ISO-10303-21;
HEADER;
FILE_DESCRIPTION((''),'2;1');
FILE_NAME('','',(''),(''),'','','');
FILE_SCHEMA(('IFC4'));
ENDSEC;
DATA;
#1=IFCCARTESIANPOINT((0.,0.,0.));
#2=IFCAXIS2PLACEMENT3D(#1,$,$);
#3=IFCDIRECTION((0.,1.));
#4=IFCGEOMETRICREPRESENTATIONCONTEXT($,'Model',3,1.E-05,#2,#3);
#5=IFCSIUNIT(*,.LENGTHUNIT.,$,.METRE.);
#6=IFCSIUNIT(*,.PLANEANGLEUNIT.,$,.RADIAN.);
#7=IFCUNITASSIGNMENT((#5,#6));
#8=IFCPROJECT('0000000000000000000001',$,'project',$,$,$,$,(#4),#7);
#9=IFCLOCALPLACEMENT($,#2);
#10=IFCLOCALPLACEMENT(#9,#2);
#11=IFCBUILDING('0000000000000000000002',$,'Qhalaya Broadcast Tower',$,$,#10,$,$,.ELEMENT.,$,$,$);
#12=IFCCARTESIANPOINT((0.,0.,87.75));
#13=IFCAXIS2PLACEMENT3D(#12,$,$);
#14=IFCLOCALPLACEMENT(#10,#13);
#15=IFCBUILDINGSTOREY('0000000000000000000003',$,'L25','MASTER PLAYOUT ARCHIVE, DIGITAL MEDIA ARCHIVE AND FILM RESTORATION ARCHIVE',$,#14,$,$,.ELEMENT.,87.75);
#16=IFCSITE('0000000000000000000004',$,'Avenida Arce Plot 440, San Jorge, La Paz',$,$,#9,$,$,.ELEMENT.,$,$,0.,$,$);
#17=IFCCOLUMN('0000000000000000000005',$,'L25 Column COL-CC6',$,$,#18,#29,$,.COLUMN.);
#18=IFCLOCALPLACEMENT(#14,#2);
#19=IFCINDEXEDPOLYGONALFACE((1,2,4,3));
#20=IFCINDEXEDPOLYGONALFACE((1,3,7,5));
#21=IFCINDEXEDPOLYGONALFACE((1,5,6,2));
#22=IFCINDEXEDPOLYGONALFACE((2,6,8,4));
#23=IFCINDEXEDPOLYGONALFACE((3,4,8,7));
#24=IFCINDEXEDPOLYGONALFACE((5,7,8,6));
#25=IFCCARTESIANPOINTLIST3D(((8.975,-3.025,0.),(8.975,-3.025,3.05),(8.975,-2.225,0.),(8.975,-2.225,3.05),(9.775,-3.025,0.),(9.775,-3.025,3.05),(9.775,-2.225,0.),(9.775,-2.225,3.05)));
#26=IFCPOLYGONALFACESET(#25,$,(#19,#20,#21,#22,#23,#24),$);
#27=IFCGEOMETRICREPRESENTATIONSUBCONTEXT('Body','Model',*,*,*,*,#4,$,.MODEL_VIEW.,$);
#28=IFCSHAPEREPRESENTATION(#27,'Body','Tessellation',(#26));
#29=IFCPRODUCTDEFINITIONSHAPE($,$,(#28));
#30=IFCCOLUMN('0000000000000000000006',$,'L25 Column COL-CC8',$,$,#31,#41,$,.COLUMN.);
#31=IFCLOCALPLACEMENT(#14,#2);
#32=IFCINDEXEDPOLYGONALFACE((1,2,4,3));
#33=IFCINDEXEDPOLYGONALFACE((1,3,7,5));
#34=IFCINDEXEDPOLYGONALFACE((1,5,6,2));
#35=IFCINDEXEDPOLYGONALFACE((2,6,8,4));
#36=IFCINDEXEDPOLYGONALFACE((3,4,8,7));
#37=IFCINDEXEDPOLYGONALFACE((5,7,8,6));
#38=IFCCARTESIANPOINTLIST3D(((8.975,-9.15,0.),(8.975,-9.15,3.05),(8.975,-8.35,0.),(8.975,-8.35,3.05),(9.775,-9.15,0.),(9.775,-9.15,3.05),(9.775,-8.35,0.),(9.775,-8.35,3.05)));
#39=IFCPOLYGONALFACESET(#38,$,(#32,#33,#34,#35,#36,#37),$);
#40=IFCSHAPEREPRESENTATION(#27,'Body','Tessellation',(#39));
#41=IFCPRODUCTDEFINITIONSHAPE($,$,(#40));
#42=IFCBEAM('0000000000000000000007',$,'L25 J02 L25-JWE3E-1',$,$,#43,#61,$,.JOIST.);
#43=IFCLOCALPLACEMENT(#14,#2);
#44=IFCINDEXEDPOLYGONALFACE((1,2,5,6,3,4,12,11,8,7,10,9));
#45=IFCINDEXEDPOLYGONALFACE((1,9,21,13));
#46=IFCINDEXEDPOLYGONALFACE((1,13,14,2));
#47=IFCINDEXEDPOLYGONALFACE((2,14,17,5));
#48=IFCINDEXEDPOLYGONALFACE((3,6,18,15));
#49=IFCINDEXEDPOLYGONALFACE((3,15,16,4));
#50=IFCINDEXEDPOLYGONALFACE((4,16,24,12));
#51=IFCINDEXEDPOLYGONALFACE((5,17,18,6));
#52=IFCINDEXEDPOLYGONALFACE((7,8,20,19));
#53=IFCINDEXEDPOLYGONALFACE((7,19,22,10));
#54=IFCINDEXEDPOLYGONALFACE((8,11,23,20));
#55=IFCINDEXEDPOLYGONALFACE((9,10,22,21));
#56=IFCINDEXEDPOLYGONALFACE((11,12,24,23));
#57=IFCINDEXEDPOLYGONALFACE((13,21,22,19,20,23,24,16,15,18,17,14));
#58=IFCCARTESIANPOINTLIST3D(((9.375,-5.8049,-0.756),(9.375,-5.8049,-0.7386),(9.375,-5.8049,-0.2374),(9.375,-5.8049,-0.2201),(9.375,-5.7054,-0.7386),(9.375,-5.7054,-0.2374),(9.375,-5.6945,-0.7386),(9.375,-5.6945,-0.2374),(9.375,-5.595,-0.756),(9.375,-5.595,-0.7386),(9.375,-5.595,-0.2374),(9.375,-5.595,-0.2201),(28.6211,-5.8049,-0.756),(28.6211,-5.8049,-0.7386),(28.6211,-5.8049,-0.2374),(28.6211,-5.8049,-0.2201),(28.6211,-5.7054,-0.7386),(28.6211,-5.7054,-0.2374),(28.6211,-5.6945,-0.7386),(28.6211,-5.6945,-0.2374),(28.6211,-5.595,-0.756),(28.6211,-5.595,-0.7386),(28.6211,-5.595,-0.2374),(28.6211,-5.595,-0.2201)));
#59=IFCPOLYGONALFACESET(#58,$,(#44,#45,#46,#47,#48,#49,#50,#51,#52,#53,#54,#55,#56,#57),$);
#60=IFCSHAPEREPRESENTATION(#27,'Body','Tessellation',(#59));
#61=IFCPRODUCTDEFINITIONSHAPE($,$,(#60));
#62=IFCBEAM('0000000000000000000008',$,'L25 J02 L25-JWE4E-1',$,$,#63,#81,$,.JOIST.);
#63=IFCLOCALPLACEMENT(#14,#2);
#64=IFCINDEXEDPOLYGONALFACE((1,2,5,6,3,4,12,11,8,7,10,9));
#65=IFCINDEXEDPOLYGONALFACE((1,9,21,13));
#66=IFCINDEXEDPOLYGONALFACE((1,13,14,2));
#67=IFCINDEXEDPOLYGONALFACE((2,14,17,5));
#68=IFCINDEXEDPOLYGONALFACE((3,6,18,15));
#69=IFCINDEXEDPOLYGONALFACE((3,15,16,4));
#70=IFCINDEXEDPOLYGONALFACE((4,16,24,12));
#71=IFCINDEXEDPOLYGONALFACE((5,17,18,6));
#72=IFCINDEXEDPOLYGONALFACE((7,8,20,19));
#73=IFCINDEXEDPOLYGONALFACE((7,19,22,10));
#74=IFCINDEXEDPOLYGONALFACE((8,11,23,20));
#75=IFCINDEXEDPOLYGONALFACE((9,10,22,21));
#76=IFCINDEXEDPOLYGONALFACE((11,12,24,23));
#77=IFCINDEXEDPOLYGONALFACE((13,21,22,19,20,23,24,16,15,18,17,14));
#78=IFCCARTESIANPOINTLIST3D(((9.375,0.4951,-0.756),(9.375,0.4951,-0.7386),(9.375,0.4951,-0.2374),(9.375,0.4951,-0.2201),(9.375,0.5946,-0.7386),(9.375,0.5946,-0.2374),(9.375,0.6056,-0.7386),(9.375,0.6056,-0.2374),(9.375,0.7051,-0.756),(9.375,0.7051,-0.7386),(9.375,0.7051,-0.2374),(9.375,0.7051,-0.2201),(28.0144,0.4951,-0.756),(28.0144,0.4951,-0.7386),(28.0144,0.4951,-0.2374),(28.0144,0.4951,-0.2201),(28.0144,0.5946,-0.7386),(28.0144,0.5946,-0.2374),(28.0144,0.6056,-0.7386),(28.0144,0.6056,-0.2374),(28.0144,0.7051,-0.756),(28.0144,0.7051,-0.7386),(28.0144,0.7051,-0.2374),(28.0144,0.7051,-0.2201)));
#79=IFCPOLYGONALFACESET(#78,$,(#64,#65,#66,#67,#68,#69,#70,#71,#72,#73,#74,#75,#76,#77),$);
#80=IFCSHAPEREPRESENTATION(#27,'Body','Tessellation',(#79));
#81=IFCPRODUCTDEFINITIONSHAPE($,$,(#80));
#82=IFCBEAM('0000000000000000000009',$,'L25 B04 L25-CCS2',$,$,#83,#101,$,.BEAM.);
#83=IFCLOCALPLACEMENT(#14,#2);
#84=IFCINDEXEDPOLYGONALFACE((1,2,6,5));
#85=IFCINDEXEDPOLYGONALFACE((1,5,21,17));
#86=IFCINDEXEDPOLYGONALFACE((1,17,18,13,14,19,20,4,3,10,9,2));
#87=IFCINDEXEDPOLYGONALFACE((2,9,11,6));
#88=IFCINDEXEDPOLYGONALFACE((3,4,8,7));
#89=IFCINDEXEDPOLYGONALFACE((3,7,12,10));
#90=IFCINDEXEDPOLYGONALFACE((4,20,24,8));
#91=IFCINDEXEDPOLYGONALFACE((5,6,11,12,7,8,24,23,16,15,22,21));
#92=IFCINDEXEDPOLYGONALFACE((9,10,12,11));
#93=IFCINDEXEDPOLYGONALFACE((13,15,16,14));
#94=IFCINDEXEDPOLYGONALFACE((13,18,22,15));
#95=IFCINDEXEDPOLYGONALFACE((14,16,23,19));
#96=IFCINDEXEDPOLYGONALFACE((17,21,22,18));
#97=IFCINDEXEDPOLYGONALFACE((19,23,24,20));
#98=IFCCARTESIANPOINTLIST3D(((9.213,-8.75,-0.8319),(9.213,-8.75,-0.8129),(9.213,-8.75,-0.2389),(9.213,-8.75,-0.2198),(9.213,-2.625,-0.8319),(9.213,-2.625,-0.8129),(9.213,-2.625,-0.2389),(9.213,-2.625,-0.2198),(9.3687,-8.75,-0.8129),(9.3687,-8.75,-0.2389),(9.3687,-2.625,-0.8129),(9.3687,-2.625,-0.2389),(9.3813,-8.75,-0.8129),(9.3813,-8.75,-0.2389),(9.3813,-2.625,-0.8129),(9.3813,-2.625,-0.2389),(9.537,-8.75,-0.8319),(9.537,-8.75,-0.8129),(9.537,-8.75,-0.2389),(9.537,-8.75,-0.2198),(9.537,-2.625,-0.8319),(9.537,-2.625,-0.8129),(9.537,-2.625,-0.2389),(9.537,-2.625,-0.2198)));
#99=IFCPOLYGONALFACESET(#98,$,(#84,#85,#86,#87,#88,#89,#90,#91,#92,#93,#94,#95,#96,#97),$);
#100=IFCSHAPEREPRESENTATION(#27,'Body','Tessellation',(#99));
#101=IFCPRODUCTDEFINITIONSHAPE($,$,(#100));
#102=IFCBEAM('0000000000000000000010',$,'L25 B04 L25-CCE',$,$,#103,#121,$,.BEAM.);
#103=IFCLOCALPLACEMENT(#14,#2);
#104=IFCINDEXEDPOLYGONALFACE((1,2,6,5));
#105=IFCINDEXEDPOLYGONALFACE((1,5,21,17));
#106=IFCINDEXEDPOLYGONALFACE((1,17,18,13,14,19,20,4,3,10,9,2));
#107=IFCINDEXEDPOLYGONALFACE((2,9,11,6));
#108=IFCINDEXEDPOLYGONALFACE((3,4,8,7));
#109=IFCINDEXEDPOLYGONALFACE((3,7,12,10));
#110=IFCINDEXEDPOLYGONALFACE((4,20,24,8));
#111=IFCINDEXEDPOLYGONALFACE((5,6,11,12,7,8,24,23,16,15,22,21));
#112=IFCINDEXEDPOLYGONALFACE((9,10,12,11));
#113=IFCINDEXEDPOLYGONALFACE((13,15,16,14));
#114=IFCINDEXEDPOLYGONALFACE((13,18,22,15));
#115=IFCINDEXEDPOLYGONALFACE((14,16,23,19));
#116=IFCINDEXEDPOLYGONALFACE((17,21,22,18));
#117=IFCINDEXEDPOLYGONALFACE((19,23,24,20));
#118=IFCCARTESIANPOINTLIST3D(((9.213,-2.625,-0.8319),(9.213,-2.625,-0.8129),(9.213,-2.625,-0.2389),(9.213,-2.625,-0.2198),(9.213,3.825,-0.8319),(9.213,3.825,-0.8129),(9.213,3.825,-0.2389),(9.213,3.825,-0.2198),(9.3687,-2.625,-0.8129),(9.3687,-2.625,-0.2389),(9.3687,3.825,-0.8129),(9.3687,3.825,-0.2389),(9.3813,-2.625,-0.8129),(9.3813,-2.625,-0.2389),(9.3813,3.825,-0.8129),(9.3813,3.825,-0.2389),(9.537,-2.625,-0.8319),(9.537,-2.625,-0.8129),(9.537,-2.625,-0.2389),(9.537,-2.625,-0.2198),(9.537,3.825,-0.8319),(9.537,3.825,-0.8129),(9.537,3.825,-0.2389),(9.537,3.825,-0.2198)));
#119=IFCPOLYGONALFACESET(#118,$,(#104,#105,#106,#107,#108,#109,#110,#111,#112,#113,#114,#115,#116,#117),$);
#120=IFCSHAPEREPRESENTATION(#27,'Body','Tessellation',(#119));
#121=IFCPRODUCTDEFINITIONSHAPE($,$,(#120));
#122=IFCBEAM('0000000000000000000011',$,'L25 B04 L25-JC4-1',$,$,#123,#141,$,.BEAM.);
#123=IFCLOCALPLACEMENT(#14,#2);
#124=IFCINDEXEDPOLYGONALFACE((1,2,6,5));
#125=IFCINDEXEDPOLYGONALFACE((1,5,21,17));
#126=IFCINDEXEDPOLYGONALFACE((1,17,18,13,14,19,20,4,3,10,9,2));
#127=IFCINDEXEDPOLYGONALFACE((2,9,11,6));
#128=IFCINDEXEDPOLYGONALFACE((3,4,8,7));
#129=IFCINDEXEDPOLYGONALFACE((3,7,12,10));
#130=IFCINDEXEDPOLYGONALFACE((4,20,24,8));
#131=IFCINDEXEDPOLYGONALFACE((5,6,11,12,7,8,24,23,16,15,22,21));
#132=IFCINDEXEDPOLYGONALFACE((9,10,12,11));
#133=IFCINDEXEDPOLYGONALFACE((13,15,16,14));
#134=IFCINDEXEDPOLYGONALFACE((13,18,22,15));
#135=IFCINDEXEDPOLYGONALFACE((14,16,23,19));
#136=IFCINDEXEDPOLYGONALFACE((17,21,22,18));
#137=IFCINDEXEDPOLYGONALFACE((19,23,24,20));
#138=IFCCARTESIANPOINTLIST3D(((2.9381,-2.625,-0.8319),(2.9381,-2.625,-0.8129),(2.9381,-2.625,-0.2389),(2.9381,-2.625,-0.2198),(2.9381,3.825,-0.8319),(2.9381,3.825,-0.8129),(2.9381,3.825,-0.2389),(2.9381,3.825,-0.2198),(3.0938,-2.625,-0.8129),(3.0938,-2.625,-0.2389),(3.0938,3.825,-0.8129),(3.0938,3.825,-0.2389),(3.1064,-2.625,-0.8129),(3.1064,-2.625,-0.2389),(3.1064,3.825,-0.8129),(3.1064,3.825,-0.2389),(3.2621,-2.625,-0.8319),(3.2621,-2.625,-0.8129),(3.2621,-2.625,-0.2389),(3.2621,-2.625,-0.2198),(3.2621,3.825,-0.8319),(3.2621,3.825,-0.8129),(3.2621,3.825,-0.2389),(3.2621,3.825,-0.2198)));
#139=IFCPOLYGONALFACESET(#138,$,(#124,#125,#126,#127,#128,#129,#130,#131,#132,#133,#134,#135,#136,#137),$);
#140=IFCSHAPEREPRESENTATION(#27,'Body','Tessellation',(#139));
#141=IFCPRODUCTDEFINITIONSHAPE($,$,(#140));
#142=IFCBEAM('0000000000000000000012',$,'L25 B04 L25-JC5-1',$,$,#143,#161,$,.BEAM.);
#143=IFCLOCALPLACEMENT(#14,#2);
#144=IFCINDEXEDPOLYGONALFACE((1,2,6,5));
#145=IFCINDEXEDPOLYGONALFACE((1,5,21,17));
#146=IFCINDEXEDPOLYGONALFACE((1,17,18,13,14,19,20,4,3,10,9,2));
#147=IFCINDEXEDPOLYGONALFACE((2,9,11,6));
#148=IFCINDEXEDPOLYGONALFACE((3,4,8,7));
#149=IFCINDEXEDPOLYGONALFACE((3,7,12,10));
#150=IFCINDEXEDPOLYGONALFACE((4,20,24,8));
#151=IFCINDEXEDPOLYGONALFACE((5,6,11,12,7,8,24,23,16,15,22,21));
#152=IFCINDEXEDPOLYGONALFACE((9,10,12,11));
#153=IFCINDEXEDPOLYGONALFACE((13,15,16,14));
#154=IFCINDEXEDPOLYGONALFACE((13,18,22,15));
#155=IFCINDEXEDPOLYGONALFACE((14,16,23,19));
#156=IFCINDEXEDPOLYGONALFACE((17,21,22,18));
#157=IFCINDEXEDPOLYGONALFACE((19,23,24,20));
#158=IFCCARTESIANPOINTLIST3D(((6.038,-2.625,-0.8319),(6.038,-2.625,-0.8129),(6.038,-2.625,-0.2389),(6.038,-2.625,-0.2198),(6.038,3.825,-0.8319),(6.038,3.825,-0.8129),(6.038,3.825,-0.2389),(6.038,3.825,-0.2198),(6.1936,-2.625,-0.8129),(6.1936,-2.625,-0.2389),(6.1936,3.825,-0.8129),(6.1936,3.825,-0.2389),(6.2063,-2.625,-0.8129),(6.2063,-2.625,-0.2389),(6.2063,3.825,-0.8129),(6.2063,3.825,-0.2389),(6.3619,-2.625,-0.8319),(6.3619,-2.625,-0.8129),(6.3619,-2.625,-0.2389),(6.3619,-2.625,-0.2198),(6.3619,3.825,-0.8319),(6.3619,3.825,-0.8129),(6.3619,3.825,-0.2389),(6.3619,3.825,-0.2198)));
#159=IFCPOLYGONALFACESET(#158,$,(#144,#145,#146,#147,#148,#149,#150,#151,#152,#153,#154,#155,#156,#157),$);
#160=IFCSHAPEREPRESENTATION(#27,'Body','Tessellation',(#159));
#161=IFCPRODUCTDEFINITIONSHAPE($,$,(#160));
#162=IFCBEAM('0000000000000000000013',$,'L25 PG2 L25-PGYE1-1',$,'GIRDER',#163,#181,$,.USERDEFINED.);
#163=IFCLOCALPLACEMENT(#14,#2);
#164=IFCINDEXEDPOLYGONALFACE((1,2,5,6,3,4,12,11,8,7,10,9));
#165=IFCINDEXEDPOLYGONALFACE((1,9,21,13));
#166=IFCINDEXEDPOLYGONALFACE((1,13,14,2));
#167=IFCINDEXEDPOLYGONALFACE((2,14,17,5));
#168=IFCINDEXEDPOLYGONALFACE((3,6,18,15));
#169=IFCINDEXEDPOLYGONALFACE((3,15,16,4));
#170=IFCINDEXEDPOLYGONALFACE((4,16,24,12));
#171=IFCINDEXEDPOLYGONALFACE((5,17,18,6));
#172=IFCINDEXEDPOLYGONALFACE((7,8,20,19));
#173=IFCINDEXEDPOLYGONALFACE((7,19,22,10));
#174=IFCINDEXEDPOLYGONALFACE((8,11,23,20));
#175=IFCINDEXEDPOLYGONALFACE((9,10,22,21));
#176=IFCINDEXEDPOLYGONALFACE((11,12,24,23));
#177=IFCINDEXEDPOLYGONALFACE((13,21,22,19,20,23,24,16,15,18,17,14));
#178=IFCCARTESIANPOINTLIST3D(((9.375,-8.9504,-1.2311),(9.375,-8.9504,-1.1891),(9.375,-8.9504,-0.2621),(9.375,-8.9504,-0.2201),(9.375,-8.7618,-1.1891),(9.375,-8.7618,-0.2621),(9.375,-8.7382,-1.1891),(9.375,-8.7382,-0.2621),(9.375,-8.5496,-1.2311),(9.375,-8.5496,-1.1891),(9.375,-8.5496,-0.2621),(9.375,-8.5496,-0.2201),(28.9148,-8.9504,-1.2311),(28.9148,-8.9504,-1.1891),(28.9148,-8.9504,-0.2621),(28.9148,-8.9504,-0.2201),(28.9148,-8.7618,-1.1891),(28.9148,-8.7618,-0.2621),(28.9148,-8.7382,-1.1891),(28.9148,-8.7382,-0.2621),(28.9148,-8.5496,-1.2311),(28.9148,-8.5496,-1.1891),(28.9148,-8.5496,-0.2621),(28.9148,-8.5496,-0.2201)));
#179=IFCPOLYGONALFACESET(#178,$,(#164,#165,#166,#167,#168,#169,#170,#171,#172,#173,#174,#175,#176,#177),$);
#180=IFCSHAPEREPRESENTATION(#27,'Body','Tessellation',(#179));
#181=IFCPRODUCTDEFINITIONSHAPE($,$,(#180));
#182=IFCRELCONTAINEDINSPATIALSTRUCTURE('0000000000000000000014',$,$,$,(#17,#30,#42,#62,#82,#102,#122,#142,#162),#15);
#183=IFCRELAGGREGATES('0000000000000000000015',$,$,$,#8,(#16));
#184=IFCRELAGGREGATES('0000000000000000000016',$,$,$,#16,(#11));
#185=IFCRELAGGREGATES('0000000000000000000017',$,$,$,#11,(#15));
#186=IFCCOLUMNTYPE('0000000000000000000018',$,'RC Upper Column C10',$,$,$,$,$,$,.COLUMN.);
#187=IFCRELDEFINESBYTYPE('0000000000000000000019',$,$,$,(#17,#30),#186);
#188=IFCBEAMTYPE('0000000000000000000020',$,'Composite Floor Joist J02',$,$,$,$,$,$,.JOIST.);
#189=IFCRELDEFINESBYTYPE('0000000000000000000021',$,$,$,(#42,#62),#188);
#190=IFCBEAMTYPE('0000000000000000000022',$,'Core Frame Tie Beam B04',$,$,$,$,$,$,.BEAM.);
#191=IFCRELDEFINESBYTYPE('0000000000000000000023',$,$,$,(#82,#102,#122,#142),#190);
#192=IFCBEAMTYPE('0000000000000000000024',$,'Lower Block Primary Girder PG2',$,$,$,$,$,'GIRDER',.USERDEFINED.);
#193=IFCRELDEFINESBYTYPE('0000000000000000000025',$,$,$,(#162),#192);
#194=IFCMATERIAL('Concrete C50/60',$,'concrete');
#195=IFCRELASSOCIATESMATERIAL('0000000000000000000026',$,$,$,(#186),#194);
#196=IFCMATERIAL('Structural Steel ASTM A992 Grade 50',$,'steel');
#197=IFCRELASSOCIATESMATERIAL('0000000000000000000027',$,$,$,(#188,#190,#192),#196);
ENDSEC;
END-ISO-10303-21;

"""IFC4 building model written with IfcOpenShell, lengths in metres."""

from ifc_helpers import new_model, si_unit, direction, frame, origin, origin_2d, place, context, subcontext, project, spatial, rectangle, i_section, extrude, material, material_profile, profile_set, type_object, element, save


model = new_model("IFC4")

# Units and contexts
model_context = context("Model", 3, precision=1e-05, world=origin(), true_north=direction((0.0, 1.0)))
body_context = subcontext(model_context, "Body", "Model", "MODEL_VIEW")
ifc_project = project(units=[si_unit("LENGTHUNIT", "METRE"), si_unit("PLANEANGLEUNIT", "RADIAN")], contexts=[model_context])

# Site, building, storey
site_placement = place(None, origin())
site = spatial("IfcSite", under=ifc_project, at=site_placement, Name="Avenida Arce Plot 440, San Jorge, La Paz", CompositionType="ELEMENT", RefElevation=0.0)
building_placement = place(site_placement, origin())
building = spatial("IfcBuilding", under=site, at=building_placement, Name="Qhalaya Broadcast Tower", CompositionType="ELEMENT")
storey_placement = place(building_placement, frame((0.0, 0.0, 87.75)))
storey = spatial("IfcBuildingStorey", under=building, at=storey_placement, Name="L25", Description="MASTER PLAYOUT ARCHIVE, DIGITAL MEDIA ARCHIVE AND FILM RESTORATION ARCHIVE", CompositionType="ELEMENT", Elevation=87.75)

# Columns
ifc_material_1 = material(Name="Concrete C50/60", Category="concrete")
ifc_material_profile_1 = material_profile(ifc_material_1, rectangle(XDim=0.8, YDim=0.8, at=origin_2d()), Name="RC-COL 800x800")
ifc_profile_set_1 = profile_set([ifc_material_profile_1], Name="Concrete C50/60")
column_type = type_object("IfcColumnType", Name="RC Upper Column C10", PredefinedType="COLUMN", material=ifc_profile_set_1)
for number, where, z_axis, x_axis, name in (
    (1, (9.375, -2.625, 0.0), (0.0, 0.0, 1.0), (1.0, 0.0, 0.0), "L25 Column COL-CC6"),
    (2, (9.375, -8.75, 0.0), (0.0, 0.0, 1.0), (1.0, 0.0, 0.0), "L25 Column COL-CC8"),
):
    element("IfcColumn", number, at=place(storey_placement, frame(where, z_axis=z_axis, x_axis=x_axis)), inside=storey, type_object=column_type, Name=name, PredefinedType="COLUMN", context=body_context, shape_type="SweptSolid", body=[
        extrude(rectangle(XDim=0.8, YDim=0.8, at=origin_2d()), origin(), (0.0, 0.0, 1.0), 3.05),
    ])

# Beams
ifc_material_2 = material(Name="Structural Steel ASTM A992 Grade 50", Category="steel")
ifc_material_profile_2 = material_profile(ifc_material_2, i_section(OverallWidth=0.21, OverallDepth=0.5359, WebThickness=0.011, FlangeThickness=0.0173, at=origin_2d()), Name="W21X68")
ifc_profile_set_2 = profile_set([ifc_material_profile_2], Name="Structural Steel ASTM A992 Grade 50")
beam_type_1 = type_object("IfcBeamType", Name="Composite Floor Joist J02", PredefinedType="JOIST", material=ifc_profile_set_2)
beam_1_placement = place(storey_placement, frame((9.375, -5.7, -0.488), z_axis=(1.0, 0.0, 0.0), x_axis=(0.0, 1.0, 0.0)))
element("IfcBeam", 3, at=beam_1_placement, inside=storey, type_object=beam_type_1, Name="L25 J02 L25-JWE3E-1", PredefinedType="JOIST", context=body_context, shape_type="SweptSolid", body=[
    extrude(i_section(OverallWidth=0.21, OverallDepth=0.5359, WebThickness=0.011, FlangeThickness=0.0173, at=origin_2d()), origin(), (0.0, 0.0, 1.0), 19.2461),
])
beam_2_placement = place(storey_placement, frame((9.375, 0.6001, -0.488), z_axis=(1.0, 0.0, 0.0), x_axis=(0.0, 1.0, 0.0)))
element("IfcBeam", 4, at=beam_2_placement, inside=storey, type_object=beam_type_1, Name="L25 J02 L25-JWE4E-1", PredefinedType="JOIST", context=body_context, shape_type="SweptSolid", body=[
    extrude(i_section(OverallWidth=0.21, OverallDepth=0.5359, WebThickness=0.011, FlangeThickness=0.0173, at=origin_2d()), origin(), (0.0, 0.0, 1.0), 18.6394),
])
ifc_material_profile_3 = material_profile(ifc_material_2, i_section(OverallWidth=0.324, OverallDepth=0.6121, WebThickness=0.0127, FlangeThickness=0.019, at=origin_2d()), Name="W24X104")
ifc_profile_set_3 = profile_set([ifc_material_profile_3], Name="Structural Steel ASTM A992 Grade 50")
beam_type_2 = type_object("IfcBeamType", Name="Core Frame Tie Beam B04", PredefinedType="BEAM", material=ifc_profile_set_3)
beam_3_placement = place(storey_placement, frame((9.375, -8.75, -0.5259), z_axis=(0.0, 1.0, 0.0), x_axis=(-1.0, 0.0, 0.0)))
element("IfcBeam", 5, at=beam_3_placement, inside=storey, type_object=beam_type_2, Name="L25 B04 L25-CCS2", PredefinedType="BEAM", context=body_context, shape_type="SweptSolid", body=[
    extrude(i_section(OverallWidth=0.324, OverallDepth=0.6121, WebThickness=0.0127, FlangeThickness=0.019, at=origin_2d()), origin(), (0.0, 0.0, 1.0), 6.125),
])
for number, where, z_axis, x_axis, name in (
    (6, (9.375, -2.625, -0.5259), (0.0, 1.0, 0.0), (-1.0, 0.0, 0.0), "L25 B04 L25-CCE"),
    (7, (3.1001, -2.625, -0.5259), (0.0, 1.0, 0.0), (-1.0, 0.0, 0.0), "L25 B04 L25-JC4-1"),
    (8, (6.2, -2.625, -0.5259), (0.0, 1.0, 0.0), (-1.0, 0.0, 0.0), "L25 B04 L25-JC5-1"),
):
    element("IfcBeam", number, at=place(storey_placement, frame(where, z_axis=z_axis, x_axis=x_axis)), inside=storey, type_object=beam_type_2, Name=name, PredefinedType="BEAM", context=body_context, shape_type="SweptSolid", body=[
        extrude(i_section(OverallWidth=0.324, OverallDepth=0.6121, WebThickness=0.0127, FlangeThickness=0.019, at=origin_2d()), origin(), (0.0, 0.0, 1.0), 6.45),
    ])
ifc_material_profile_4 = material_profile(ifc_material_2, i_section(OverallWidth=0.4009, OverallDepth=1.011, WebThickness=0.0237, FlangeThickness=0.042, at=origin_2d()), Name="W40X297")
ifc_profile_set_4 = profile_set([ifc_material_profile_4], Name="Structural Steel ASTM A992 Grade 50")
beam_type_3 = type_object("IfcBeamType", Name="Lower Block Primary Girder PG2", ElementType="GIRDER", PredefinedType="USERDEFINED", material=ifc_profile_set_4)
beam_4_placement = place(storey_placement, frame((9.375, -8.75, -0.7256), z_axis=(1.0, 0.0, 0.0), x_axis=(0.0, 1.0, 0.0)))
element("IfcBeam", 9, at=beam_4_placement, inside=storey, type_object=beam_type_3, Name="L25 PG2 L25-PGYE1-1", ObjectType="GIRDER", PredefinedType="USERDEFINED", context=body_context, shape_type="SweptSolid", body=[
    extrude(i_section(OverallWidth=0.4009, OverallDepth=1.011, WebThickness=0.0237, FlangeThickness=0.042, at=origin_2d()), origin(), (0.0, 0.0, 1.0), 19.5398),
])

save(model, "model.ifc")
